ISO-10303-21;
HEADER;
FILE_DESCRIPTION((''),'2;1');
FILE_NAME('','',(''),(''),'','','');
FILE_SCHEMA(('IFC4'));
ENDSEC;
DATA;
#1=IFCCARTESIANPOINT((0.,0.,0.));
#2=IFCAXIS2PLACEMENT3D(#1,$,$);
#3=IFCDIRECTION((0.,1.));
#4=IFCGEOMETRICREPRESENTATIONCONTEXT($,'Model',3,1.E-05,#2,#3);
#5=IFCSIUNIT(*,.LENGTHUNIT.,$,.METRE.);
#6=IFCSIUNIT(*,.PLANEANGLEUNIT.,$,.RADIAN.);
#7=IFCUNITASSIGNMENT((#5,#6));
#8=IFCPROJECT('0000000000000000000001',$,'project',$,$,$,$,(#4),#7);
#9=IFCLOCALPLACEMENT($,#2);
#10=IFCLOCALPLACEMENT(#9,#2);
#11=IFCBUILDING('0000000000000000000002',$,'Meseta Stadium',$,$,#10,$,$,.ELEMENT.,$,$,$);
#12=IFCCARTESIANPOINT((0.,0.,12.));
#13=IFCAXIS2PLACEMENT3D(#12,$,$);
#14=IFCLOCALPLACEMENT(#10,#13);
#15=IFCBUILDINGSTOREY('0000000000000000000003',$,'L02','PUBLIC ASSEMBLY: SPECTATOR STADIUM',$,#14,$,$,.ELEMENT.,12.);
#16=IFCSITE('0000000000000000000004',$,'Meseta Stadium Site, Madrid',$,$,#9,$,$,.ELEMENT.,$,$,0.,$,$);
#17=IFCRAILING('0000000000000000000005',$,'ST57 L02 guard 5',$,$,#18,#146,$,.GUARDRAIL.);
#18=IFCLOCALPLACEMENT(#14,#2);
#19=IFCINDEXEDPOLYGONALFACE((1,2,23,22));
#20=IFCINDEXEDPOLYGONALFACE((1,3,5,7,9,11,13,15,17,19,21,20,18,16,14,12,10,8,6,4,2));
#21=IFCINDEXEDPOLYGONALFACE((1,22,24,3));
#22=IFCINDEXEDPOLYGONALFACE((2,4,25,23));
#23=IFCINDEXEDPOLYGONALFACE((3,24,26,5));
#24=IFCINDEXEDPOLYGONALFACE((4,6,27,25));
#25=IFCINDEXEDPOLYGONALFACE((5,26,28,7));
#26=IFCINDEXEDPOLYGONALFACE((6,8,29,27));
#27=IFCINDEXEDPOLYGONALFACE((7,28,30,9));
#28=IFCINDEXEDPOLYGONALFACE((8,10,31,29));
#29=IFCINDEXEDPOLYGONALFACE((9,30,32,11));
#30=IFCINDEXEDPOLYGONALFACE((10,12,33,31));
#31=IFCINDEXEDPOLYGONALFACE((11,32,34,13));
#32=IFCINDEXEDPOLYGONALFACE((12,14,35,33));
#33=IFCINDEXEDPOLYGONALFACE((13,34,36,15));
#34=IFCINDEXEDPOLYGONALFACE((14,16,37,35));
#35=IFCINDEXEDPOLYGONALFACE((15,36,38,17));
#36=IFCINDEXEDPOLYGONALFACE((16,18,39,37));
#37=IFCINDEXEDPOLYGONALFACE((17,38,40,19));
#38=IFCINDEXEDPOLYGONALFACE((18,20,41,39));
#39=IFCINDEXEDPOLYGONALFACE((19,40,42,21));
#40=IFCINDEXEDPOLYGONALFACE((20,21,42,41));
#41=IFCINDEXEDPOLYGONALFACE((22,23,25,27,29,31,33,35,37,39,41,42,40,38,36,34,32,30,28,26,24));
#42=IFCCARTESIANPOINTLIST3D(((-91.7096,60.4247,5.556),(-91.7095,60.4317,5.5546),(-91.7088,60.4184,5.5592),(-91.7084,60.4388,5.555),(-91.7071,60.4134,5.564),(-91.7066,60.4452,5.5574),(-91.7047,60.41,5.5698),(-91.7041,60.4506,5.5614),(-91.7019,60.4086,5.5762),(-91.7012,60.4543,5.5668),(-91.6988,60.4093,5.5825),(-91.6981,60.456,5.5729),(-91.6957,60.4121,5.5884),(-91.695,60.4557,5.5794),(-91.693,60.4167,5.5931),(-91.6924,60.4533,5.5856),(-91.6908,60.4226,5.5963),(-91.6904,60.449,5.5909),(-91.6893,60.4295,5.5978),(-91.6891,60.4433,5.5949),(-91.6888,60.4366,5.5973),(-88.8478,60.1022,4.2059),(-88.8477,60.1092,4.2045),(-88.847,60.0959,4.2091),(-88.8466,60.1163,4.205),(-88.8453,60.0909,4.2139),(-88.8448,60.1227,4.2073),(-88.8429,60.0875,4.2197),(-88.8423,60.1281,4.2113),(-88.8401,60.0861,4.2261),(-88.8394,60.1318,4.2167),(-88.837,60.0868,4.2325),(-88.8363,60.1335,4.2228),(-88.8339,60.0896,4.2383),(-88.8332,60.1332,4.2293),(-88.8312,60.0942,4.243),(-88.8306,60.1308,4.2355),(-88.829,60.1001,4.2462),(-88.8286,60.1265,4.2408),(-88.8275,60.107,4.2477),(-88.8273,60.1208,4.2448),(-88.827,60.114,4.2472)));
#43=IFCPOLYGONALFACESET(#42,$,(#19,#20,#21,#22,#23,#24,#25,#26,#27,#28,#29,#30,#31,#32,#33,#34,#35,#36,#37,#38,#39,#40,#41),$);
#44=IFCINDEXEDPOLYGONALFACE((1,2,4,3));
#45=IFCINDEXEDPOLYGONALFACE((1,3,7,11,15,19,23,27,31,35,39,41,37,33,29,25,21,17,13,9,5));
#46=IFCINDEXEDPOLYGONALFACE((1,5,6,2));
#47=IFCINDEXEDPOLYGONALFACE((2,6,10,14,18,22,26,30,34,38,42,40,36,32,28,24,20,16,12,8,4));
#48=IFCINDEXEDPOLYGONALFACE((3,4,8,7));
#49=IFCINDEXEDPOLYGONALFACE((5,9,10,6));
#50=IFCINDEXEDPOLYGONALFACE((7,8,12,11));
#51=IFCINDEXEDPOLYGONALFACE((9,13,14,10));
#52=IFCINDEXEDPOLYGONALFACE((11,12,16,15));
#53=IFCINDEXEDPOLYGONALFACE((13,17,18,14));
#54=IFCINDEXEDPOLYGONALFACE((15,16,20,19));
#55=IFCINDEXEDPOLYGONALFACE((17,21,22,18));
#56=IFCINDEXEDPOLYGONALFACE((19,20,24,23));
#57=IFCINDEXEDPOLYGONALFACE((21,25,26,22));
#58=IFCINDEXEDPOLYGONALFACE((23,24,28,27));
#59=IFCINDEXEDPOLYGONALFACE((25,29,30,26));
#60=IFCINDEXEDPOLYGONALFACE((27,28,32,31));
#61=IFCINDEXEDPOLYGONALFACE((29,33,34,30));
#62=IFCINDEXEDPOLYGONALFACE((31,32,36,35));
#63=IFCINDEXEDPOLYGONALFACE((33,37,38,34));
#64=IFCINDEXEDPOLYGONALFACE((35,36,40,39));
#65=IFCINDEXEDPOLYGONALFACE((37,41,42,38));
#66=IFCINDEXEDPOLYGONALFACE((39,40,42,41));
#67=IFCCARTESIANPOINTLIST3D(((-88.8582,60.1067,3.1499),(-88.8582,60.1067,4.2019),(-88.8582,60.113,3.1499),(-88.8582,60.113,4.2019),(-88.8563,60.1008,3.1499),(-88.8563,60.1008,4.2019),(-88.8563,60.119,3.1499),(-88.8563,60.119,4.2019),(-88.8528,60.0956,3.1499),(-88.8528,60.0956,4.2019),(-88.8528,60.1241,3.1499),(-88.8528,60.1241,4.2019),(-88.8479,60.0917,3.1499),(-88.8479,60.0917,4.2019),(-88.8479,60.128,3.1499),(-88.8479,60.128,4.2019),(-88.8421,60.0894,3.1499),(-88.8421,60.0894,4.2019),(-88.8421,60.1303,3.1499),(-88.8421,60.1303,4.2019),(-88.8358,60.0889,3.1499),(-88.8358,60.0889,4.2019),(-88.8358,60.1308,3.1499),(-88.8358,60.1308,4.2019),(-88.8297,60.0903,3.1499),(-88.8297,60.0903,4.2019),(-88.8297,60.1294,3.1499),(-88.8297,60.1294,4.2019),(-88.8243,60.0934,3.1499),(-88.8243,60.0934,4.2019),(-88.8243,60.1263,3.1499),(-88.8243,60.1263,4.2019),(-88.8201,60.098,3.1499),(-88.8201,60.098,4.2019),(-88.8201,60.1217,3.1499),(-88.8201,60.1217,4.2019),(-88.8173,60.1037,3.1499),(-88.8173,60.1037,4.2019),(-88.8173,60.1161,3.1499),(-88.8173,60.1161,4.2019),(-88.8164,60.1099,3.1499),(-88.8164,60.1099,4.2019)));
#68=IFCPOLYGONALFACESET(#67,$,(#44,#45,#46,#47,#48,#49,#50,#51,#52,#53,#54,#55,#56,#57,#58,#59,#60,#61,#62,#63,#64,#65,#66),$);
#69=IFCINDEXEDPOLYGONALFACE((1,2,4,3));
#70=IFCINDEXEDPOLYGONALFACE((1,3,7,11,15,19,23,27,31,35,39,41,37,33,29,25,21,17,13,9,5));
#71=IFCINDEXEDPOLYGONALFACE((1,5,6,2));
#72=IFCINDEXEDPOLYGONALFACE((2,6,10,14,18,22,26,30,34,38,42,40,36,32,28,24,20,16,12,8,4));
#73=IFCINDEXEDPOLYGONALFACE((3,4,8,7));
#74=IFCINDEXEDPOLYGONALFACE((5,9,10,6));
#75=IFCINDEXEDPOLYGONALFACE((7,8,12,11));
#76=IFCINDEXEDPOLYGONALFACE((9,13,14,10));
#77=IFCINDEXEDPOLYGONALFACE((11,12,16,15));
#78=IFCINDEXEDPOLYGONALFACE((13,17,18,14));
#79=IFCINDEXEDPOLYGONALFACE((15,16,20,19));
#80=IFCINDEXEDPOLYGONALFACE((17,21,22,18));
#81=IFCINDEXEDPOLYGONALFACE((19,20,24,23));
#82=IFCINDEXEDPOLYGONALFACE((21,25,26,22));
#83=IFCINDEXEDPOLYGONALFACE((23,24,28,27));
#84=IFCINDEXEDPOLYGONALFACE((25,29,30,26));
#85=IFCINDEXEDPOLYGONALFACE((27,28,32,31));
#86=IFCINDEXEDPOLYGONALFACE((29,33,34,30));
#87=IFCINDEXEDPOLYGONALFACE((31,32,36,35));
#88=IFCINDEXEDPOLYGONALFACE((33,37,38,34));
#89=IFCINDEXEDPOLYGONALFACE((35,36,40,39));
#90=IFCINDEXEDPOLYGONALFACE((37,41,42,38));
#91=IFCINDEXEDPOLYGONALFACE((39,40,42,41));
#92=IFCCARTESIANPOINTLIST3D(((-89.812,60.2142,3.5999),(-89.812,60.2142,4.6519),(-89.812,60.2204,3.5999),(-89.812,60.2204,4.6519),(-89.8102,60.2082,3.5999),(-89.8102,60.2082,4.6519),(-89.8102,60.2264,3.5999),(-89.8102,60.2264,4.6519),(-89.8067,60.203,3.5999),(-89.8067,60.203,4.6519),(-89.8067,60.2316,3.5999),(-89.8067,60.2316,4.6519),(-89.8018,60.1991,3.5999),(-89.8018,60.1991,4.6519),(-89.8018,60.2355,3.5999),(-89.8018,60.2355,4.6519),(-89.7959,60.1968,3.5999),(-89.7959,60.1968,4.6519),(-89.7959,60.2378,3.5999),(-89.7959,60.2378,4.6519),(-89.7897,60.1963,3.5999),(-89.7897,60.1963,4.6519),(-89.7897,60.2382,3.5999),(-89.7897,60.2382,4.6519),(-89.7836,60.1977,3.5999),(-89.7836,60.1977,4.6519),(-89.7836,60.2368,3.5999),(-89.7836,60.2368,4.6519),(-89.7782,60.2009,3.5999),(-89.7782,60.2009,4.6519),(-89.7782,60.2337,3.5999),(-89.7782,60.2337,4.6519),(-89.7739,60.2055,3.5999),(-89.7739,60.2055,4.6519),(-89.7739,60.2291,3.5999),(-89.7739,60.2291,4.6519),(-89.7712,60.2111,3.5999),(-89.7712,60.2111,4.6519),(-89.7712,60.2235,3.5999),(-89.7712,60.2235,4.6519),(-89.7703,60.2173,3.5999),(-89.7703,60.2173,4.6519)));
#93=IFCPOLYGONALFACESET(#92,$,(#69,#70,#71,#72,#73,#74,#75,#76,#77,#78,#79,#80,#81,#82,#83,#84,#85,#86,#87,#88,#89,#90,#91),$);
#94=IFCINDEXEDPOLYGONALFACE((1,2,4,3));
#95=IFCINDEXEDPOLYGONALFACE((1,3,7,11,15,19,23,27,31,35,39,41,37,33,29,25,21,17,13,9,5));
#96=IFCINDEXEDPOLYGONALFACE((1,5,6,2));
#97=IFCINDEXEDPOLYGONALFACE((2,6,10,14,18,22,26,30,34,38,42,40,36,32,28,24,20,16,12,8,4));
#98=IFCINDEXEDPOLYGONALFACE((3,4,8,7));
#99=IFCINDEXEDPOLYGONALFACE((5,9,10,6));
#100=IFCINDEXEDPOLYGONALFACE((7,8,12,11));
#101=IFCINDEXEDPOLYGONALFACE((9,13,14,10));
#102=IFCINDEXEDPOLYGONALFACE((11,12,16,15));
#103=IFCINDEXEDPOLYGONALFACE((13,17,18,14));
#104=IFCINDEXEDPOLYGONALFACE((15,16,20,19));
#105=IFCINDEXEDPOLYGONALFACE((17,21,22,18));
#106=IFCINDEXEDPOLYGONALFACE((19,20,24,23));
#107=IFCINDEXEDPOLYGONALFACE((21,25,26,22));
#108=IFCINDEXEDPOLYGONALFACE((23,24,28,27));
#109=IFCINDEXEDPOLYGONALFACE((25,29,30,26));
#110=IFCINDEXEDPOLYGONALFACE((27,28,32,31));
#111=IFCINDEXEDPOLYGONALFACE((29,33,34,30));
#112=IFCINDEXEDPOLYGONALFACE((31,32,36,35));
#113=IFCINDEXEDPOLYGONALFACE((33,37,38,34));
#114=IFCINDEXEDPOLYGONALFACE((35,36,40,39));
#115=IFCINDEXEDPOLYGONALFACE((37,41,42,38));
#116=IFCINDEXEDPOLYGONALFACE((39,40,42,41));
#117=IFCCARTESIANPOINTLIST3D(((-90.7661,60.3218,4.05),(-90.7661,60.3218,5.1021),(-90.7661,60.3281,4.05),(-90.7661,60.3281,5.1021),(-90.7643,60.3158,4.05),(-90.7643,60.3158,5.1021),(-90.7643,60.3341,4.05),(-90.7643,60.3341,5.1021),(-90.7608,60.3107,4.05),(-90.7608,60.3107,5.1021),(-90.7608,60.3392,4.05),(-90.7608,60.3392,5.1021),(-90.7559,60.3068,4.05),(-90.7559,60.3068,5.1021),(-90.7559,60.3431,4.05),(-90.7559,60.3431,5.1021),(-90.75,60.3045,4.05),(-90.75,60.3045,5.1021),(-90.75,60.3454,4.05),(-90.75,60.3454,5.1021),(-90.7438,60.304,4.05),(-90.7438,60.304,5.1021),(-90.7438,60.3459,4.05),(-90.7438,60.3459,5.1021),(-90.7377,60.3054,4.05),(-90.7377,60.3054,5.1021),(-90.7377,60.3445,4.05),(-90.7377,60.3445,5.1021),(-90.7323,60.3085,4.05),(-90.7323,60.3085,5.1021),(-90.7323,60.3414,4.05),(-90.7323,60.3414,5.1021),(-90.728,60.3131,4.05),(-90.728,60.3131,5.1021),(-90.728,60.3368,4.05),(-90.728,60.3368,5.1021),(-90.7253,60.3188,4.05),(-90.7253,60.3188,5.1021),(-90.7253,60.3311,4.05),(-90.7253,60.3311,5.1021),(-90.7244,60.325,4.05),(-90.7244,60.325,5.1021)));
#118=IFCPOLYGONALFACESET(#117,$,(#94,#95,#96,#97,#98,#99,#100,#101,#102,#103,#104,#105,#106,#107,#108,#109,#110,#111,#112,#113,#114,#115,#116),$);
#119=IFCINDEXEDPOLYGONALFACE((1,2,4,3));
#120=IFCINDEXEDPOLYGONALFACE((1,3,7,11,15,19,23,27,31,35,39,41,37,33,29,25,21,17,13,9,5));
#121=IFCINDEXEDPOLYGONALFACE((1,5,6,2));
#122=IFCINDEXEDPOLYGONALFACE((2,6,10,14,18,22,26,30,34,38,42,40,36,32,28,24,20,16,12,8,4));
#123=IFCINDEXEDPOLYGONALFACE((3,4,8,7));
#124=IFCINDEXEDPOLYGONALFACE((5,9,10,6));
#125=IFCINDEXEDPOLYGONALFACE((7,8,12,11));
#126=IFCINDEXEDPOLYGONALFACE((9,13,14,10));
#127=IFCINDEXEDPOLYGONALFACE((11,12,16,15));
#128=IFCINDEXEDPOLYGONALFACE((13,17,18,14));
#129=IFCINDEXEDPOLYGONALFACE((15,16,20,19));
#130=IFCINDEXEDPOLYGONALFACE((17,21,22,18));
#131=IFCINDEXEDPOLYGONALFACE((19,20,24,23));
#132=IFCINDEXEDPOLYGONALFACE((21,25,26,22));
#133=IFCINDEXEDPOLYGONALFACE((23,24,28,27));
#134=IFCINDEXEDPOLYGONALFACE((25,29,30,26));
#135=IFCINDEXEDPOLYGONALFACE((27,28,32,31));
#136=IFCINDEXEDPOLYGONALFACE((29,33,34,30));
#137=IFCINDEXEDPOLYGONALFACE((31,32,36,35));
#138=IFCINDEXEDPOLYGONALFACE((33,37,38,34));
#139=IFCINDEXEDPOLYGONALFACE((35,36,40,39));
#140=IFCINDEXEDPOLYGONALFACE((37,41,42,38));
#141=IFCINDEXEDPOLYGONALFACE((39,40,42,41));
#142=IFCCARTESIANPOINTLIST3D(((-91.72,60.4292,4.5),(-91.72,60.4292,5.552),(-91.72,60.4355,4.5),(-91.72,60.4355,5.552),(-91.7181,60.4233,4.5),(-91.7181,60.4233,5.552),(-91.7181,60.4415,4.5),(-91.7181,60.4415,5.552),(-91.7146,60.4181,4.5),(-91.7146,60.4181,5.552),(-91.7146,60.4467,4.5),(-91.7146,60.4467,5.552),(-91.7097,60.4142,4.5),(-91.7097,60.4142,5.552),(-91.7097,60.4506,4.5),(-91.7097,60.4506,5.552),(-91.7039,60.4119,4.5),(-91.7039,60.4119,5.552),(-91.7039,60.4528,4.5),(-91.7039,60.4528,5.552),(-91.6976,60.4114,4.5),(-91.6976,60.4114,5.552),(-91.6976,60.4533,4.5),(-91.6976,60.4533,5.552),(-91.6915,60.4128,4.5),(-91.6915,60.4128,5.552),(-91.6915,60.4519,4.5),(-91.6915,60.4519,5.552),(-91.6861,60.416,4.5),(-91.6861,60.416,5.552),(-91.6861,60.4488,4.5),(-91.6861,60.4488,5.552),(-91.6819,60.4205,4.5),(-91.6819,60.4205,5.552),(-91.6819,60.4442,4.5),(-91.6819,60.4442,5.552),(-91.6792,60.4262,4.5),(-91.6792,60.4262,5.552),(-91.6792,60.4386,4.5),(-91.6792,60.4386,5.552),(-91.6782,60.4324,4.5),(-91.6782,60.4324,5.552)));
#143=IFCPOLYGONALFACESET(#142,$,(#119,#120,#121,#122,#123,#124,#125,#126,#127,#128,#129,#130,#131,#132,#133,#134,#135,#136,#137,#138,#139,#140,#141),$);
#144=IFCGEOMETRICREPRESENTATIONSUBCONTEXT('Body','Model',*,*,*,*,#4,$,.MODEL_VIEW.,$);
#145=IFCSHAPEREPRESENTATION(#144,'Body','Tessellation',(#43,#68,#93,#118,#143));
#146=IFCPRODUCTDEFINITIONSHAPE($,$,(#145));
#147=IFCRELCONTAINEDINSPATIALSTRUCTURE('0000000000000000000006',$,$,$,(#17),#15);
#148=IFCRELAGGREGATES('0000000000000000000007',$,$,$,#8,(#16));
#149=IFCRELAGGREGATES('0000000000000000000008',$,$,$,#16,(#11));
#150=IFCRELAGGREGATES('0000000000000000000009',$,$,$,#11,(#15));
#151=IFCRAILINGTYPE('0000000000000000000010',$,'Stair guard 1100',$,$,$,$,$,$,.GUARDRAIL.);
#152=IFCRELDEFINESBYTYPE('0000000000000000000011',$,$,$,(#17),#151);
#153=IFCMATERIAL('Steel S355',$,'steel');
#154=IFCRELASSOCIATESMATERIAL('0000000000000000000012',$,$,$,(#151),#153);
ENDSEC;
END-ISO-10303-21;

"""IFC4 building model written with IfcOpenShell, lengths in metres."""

from ifc_helpers import new_model, si_unit, direction, frame, origin, origin_2d, place, context, subcontext, project, spatial, circle, extrude, material, type_object, element, save


model = new_model("IFC4")

# Units and contexts
model_context = context("Model", 3, precision=1e-05, world=origin(), true_north=direction((0.0, 1.0)))
body_context = subcontext(model_context, "Body", "Model", "MODEL_VIEW")
ifc_project = project(units=[si_unit("LENGTHUNIT", "METRE"), si_unit("PLANEANGLEUNIT", "RADIAN")], contexts=[model_context])

# Site, building, storey
site_placement = place(None, origin())
site = spatial("IfcSite", under=ifc_project, at=site_placement, Name="Meseta Stadium Site, Madrid", CompositionType="ELEMENT", RefElevation=0.0)
building_placement = place(site_placement, origin())
building = spatial("IfcBuilding", under=site, at=building_placement, Name="Meseta Stadium", CompositionType="ELEMENT")
storey_placement = place(building_placement, frame((0.0, 0.0, 12.0)))
storey = spatial("IfcBuildingStorey", under=building, at=storey_placement, Name="L02", Description="PUBLIC ASSEMBLY: SPECTATOR STADIUM", CompositionType="ELEMENT", Elevation=12.0)

# Railing
ifc_material_1 = material(Name="Steel S355", Category="steel")
railing_type_1 = type_object("IfcRailingType", Name="Stair guard 1100", PredefinedType="GUARDRAIL", material=ifc_material_1)
railing_1_placement = place(storey_placement, frame((-88.8374, 60.1099, 3.1499)))
element("IfcRailing", 1, at=railing_1_placement, inside=storey, type_object=railing_type_1, Name="ST57 L02 guard 5", PredefinedType="GUARDRAIL", context=body_context, shape_type="SweptSolid", body=[
    extrude(circle(Radius=0.0239, at=origin_2d()), frame((0.0, 0.0, 1.0762), z_axis=(-0.899748, 0.101396, 0.424467), x_axis=(-0.111985, -0.99371, 0.0)), (0.0, 0.0, 1.0), 3.1807),
    extrude(circle(Radius=0.021, at=origin_2d()), origin(), (0.0, 0.0, 1.0), 1.052),
    extrude(circle(Radius=0.021, at=origin_2d()), frame((-0.9539, 0.1074, 0.45)), (0.0, 0.0, 1.0), 1.052),
    extrude(circle(Radius=0.021, at=origin_2d()), frame((-1.908, 0.2151, 0.9001)), (0.0, 0.0, 1.0), 1.052),
    extrude(circle(Radius=0.021, at=origin_2d()), frame((-2.8618, 0.3225, 1.3501)), (0.0, 0.0, 1.0), 1.052),
])

save(model, "model.ifc")
